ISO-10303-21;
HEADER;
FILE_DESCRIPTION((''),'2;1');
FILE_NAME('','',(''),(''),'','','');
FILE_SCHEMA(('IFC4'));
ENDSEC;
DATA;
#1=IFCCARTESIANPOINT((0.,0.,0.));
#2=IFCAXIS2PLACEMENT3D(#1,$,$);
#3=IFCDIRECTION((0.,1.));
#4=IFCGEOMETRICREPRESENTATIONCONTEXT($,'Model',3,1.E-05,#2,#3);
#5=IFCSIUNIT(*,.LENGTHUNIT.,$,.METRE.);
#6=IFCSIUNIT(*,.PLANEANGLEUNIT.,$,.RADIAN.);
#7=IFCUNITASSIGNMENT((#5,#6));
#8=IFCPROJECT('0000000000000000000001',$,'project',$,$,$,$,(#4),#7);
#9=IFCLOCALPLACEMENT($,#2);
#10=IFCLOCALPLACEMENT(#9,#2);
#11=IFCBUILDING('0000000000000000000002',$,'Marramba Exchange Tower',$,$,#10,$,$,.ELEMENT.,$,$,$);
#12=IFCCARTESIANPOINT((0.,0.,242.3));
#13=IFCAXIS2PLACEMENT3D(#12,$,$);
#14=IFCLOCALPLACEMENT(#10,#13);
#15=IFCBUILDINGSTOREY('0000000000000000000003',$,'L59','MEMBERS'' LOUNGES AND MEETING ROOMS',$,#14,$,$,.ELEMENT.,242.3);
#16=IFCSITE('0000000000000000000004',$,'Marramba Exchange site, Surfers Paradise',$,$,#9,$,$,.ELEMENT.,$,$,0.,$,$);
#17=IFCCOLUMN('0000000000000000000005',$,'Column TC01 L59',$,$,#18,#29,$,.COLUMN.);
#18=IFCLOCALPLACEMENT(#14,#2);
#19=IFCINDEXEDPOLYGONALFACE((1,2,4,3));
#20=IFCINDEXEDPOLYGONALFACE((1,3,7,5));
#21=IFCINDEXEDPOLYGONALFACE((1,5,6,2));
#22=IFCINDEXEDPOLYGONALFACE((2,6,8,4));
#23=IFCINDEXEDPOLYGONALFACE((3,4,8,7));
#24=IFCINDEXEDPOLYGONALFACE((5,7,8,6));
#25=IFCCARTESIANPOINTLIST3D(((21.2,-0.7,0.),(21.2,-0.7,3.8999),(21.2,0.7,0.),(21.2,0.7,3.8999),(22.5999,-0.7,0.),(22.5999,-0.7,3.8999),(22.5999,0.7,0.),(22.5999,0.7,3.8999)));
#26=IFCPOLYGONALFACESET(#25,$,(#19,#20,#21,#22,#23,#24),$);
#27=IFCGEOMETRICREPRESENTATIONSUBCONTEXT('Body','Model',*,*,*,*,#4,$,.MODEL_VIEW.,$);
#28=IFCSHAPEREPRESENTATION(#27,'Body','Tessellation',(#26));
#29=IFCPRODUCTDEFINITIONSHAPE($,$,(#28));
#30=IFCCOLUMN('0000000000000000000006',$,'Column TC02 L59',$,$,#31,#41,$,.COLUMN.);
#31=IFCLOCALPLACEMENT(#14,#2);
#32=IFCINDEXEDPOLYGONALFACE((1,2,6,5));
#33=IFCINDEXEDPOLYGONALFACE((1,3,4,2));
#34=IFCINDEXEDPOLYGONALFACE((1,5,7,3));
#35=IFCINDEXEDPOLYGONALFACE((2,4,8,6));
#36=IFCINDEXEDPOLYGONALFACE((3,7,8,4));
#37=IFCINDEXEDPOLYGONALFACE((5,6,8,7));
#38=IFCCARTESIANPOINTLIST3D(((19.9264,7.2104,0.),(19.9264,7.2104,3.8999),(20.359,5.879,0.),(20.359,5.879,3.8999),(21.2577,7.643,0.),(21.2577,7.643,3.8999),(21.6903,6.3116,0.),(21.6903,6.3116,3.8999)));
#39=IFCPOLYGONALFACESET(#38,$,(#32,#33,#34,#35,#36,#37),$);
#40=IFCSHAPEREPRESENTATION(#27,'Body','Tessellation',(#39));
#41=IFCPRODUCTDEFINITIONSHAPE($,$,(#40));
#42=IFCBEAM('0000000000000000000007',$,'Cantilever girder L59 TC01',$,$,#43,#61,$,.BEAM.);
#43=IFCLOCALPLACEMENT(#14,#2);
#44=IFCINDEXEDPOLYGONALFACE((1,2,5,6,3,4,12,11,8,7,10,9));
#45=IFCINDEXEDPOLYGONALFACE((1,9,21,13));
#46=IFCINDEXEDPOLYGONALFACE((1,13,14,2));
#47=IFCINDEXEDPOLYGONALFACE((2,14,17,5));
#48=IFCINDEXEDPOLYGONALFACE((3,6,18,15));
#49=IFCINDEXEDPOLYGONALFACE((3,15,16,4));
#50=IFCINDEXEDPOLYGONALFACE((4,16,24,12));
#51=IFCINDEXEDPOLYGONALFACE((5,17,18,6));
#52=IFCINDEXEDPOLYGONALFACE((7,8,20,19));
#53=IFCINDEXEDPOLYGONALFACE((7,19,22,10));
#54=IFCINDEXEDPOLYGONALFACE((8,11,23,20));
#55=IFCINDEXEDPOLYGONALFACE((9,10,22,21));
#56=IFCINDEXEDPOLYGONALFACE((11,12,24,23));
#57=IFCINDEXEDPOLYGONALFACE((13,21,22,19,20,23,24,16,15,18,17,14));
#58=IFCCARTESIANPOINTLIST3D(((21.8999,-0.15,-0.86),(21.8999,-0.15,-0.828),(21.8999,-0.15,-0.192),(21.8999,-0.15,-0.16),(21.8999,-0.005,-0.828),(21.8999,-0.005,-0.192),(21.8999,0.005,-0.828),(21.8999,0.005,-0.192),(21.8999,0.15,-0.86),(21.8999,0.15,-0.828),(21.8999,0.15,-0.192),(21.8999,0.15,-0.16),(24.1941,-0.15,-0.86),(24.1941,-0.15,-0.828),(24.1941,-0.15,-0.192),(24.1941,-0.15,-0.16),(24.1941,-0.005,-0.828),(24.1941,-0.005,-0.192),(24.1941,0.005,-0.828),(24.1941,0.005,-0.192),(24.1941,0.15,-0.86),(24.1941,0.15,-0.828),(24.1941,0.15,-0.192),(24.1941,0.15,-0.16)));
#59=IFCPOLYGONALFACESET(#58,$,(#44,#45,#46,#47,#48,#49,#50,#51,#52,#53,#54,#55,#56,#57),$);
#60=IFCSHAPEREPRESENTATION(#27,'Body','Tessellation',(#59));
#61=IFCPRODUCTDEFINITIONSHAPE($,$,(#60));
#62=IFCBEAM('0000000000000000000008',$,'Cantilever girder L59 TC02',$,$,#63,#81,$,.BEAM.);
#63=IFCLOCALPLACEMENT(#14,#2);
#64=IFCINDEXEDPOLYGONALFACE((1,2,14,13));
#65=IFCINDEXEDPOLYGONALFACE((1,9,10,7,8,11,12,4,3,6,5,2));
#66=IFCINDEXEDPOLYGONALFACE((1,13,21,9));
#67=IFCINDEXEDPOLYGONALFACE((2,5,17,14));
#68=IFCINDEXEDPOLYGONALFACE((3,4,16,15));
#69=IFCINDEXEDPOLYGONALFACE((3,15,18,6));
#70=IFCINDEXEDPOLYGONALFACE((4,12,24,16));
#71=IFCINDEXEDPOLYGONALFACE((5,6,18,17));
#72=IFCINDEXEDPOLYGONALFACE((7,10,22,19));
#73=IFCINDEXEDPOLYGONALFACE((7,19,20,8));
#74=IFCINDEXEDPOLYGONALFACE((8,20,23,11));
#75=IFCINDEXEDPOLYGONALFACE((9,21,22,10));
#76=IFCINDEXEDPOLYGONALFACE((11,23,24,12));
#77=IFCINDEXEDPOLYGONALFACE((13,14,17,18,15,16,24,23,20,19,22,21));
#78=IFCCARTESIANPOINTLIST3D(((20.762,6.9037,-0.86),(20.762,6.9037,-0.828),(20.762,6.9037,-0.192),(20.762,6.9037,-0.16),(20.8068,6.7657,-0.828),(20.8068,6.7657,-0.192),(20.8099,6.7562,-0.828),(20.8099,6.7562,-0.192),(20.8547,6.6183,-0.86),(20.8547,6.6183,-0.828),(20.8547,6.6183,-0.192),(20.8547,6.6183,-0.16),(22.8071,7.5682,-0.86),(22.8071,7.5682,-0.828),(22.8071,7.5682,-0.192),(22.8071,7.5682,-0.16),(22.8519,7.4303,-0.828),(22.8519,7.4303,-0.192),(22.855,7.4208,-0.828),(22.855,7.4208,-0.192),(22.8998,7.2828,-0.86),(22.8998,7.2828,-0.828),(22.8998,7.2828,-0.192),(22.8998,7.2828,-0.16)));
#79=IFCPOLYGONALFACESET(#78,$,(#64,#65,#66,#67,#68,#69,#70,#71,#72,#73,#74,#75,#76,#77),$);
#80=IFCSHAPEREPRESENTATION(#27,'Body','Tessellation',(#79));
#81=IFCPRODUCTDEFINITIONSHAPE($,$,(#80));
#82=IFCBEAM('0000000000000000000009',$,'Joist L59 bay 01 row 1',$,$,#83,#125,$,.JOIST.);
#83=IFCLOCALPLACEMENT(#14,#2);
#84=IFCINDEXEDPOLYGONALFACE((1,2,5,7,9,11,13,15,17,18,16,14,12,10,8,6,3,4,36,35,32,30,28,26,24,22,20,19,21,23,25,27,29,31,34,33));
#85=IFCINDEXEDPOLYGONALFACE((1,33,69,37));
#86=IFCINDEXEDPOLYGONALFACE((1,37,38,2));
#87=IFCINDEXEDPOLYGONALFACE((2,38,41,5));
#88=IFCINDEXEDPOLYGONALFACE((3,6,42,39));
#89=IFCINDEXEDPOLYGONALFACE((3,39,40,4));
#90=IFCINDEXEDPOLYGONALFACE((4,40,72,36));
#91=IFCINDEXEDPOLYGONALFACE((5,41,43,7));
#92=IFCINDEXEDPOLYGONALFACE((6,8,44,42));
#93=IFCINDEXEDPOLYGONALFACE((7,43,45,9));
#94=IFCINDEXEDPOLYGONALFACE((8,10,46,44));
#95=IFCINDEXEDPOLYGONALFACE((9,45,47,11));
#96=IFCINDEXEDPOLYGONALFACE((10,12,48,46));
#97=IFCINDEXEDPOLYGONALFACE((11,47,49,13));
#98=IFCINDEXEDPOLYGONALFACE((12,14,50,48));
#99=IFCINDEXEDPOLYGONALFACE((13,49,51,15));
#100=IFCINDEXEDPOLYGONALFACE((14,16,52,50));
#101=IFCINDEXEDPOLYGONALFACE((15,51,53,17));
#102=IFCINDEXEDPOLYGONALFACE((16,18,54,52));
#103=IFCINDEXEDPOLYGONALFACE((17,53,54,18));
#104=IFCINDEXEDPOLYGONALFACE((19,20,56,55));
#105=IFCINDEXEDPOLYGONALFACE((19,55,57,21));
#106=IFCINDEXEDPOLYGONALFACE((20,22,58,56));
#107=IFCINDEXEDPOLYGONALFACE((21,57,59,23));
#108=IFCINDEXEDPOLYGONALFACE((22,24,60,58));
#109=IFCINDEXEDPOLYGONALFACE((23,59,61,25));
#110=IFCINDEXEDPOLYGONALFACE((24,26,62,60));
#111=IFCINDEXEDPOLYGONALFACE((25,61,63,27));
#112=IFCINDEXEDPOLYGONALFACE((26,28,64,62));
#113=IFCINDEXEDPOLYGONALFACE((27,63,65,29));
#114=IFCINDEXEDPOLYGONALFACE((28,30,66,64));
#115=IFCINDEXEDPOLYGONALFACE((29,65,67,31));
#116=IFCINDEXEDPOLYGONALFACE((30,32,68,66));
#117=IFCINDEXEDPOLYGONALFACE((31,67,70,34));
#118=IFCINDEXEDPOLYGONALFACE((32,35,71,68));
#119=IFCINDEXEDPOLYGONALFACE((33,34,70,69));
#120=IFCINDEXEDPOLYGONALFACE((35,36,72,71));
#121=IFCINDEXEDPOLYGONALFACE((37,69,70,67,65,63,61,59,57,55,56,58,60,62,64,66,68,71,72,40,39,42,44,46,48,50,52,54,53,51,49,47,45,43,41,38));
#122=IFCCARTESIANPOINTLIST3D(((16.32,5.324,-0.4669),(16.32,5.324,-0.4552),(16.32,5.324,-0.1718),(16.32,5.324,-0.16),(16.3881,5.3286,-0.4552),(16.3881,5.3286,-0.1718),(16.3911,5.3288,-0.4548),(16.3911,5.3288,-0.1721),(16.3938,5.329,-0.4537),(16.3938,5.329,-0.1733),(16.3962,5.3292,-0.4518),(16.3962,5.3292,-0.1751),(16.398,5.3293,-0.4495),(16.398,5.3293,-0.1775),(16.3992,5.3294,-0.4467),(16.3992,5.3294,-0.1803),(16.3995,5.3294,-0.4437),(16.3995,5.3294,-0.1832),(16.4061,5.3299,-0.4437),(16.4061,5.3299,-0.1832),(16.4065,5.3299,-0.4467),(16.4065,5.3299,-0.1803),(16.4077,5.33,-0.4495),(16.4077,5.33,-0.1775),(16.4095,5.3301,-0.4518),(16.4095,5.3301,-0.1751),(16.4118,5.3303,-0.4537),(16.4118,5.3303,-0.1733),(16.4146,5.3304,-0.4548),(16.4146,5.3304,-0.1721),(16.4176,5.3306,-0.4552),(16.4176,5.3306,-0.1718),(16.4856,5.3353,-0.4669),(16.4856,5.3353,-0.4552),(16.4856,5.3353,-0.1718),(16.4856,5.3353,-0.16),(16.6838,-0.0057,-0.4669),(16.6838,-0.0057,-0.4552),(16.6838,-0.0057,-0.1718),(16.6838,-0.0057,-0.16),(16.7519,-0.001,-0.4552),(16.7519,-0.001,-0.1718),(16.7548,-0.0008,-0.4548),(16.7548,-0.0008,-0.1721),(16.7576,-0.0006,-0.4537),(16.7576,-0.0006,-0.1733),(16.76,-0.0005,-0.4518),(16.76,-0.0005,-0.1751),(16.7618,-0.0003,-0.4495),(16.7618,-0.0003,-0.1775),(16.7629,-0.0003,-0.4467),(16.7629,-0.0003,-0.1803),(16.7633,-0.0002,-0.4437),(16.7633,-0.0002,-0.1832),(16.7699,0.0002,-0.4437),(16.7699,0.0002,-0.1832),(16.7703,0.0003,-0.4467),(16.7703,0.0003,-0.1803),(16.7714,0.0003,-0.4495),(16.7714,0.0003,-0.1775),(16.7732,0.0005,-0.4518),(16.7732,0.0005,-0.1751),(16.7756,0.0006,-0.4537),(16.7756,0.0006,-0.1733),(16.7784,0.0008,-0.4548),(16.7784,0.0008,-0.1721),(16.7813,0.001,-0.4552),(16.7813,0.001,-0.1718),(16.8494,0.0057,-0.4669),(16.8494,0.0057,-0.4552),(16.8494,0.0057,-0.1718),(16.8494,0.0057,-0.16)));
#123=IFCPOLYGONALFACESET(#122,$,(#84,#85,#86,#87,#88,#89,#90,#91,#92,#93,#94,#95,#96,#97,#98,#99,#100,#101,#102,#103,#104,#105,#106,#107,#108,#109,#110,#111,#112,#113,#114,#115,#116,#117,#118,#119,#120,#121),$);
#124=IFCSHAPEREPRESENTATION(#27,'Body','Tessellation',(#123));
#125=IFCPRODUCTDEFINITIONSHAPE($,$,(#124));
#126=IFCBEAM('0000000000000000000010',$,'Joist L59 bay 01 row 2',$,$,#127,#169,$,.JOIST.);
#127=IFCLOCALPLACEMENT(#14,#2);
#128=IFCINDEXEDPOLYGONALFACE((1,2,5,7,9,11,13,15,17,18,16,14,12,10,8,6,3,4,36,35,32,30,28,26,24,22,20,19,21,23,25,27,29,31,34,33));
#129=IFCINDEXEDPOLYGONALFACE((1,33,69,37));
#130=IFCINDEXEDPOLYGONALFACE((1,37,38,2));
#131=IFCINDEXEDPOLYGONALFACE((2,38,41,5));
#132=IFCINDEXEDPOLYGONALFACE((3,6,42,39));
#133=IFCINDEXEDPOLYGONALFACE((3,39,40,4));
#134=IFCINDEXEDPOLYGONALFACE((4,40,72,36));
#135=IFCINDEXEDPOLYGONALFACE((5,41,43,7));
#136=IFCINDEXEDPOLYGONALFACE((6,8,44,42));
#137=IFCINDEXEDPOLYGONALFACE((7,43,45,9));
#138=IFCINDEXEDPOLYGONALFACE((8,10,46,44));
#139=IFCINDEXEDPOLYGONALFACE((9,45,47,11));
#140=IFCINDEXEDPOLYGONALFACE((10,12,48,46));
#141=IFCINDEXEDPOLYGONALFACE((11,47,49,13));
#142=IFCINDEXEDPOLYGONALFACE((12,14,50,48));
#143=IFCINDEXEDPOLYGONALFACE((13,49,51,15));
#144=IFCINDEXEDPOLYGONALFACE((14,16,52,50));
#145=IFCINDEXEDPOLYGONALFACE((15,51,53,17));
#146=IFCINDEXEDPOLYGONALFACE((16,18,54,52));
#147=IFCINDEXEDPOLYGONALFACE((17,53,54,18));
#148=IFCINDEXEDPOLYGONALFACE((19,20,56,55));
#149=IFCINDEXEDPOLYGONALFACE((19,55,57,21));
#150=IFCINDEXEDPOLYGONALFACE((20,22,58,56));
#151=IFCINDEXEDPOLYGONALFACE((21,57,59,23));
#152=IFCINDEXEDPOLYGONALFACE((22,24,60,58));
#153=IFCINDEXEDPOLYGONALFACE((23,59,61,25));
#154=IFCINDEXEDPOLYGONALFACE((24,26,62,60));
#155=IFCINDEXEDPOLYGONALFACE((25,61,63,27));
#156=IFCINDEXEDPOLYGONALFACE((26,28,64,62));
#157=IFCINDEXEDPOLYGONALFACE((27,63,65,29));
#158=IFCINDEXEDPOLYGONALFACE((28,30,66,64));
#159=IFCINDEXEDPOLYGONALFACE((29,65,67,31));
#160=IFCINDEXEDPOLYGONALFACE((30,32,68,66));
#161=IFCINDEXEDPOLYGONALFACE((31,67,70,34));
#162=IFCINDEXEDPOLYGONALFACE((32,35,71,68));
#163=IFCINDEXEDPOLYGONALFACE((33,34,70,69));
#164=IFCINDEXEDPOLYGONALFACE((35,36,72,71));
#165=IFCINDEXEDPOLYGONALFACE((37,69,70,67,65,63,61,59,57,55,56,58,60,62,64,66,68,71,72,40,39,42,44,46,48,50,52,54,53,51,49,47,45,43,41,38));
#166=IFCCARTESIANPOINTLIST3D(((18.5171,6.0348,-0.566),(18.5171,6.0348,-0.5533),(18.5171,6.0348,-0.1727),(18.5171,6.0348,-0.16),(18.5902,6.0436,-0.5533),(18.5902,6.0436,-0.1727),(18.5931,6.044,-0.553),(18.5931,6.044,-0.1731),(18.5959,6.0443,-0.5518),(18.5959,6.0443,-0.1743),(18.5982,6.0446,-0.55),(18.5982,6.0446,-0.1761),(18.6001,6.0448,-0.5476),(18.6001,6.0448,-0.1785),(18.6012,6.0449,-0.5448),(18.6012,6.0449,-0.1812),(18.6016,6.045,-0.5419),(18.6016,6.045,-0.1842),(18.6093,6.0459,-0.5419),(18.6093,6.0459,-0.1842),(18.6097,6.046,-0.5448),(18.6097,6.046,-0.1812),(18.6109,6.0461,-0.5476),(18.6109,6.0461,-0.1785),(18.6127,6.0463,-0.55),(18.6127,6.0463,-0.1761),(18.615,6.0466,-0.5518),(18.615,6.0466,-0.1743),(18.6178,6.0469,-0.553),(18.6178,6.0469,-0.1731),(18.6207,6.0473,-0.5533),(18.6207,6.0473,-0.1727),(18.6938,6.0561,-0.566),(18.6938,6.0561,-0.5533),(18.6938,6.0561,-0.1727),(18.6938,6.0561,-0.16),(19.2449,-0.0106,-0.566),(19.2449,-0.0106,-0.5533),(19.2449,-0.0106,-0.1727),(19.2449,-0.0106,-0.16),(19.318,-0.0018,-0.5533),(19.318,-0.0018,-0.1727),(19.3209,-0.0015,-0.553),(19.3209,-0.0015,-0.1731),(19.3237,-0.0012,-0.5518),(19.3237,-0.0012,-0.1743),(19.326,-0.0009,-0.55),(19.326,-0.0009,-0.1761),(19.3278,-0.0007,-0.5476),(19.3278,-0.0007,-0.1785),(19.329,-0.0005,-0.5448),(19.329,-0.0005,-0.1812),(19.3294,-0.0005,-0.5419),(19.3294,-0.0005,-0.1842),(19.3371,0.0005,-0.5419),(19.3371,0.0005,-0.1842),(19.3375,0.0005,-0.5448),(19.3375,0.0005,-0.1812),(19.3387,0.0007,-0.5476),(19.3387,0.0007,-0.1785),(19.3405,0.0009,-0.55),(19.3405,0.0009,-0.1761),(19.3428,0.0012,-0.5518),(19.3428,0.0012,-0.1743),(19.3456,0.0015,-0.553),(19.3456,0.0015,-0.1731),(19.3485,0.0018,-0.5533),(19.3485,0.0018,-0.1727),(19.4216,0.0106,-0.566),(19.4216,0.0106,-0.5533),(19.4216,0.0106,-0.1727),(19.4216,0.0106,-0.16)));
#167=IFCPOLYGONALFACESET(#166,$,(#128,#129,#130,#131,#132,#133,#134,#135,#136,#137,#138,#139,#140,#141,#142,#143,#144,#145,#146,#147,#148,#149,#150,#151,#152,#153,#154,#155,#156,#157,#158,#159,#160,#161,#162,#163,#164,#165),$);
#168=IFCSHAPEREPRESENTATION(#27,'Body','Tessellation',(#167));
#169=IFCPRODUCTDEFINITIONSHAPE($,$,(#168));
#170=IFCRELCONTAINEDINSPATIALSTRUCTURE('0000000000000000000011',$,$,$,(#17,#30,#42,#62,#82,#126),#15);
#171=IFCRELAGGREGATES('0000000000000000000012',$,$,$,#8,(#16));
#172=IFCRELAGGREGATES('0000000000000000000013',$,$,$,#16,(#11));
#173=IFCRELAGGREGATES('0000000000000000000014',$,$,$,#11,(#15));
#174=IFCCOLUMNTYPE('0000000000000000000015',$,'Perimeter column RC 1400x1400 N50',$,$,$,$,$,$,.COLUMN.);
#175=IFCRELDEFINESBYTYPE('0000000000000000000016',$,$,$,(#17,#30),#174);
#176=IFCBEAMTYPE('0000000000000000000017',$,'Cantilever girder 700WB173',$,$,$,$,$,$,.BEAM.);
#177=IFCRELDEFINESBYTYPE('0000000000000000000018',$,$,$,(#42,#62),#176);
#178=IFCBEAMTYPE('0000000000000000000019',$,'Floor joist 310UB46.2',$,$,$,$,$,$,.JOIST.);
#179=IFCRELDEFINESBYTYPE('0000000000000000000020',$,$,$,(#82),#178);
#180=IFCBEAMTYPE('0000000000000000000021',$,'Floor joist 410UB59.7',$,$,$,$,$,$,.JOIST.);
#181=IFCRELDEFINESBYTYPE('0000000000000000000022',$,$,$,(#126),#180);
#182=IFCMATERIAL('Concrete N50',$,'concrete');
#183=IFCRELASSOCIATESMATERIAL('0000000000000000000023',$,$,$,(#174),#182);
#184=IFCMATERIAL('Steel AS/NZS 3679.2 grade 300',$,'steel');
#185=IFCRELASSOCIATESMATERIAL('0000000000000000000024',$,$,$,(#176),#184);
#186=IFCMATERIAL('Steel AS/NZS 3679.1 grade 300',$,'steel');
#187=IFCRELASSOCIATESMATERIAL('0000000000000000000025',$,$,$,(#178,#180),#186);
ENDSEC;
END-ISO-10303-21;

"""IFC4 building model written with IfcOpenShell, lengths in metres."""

from ifc_helpers import new_model, si_unit, direction, frame, origin, origin_2d, place, context, subcontext, project, spatial, rectangle, i_section, extrude, material, material_profile, profile_set, type_object, element, save


model = new_model("IFC4")

# Units and contexts
model_context = context("Model", 3, precision=1e-05, world=origin(), true_north=direction((0.0, 1.0)))
body_context = subcontext(model_context, "Body", "Model", "MODEL_VIEW")
ifc_project = project(units=[si_unit("LENGTHUNIT", "METRE"), si_unit("PLANEANGLEUNIT", "RADIAN")], contexts=[model_context])

# Site, building, storey
site_placement = place(None, origin())
site = spatial("IfcSite", under=ifc_project, at=site_placement, Name="Marramba Exchange site, Surfers Paradise", CompositionType="ELEMENT", RefElevation=0.0)
building_placement = place(site_placement, origin())
building = spatial("IfcBuilding", under=site, at=building_placement, Name="Marramba Exchange Tower", CompositionType="ELEMENT")
storey_placement = place(building_placement, frame((0.0, 0.0, 242.3)))
storey = spatial("IfcBuildingStorey", under=building, at=storey_placement, Name="L59", Description="MEMBERS' LOUNGES AND MEETING ROOMS", CompositionType="ELEMENT", Elevation=242.3)

# Columns
ifc_material_1 = material(Name="Concrete N50", Category="concrete")
ifc_material_profile_1 = material_profile(ifc_material_1, rectangle(XDim=1.3999, YDim=1.3999, at=origin_2d()), Name="RC 1400x1400")
ifc_profile_set_1 = profile_set([ifc_material_profile_1], Name="Concrete N50")
column_type = type_object("IfcColumnType", Name="Perimeter column RC 1400x1400 N50", PredefinedType="COLUMN", material=ifc_profile_set_1)
for number, where, z_axis, x_axis, name in (
    (1, (21.8999, 0.0, 0.0), (0.0, 0.0, 1.0), (1.0, 0.0, 0.0), "Column TC01 L59"),
    (2, (20.8083, 6.761, 0.0), (0.0, 0.0, 1.0), (0.951057, 0.309017, 0.0), "Column TC02 L59"),
):
    element("IfcColumn", number, at=place(storey_placement, frame(where, z_axis=z_axis, x_axis=x_axis)), inside=storey, type_object=column_type, Name=name, PredefinedType="COLUMN", context=body_context, shape_type="SweptSolid", body=[
        extrude(rectangle(XDim=1.3999, YDim=1.3999, at=origin_2d()), origin(), (0.0, 0.0, 1.0), 3.8999),
    ])

# Beams
ifc_material_2 = material(Name="Steel AS/NZS 3679.2 grade 300", Category="steel")
ifc_material_profile_2 = material_profile(ifc_material_2, i_section(OverallWidth=0.3, OverallDepth=0.7, WebThickness=0.01, FlangeThickness=0.032, at=origin_2d()), Name="700WB173")
ifc_profile_set_2 = profile_set([ifc_material_profile_2], Name="Steel AS/NZS 3679.2 grade 300")
beam_type_1 = type_object("IfcBeamType", Name="Cantilever girder 700WB173", PredefinedType="BEAM", material=ifc_profile_set_2)
beam_1_placement = place(storey_placement, frame((21.8999, 0.0, -0.51), z_axis=(1.0, 0.0, 0.0), x_axis=(0.0, 1.0, 0.0)))
element("IfcBeam", 3, at=beam_1_placement, inside=storey, type_object=beam_type_1, Name="Cantilever girder L59 TC01", PredefinedType="BEAM", context=body_context, shape_type="SweptSolid", body=[
    extrude(i_section(OverallWidth=0.3, OverallDepth=0.7, WebThickness=0.01, FlangeThickness=0.032, at=origin_2d()), origin(), (0.0, 0.0, 1.0), 2.2942),
])
beam_2_placement = place(storey_placement, frame((20.8083, 6.761, -0.51), z_axis=(0.951052, 0.309032, 0.0), x_axis=(-0.309032, 0.951052, 0.0)))
element("IfcBeam", 4, at=beam_2_placement, inside=storey, type_object=beam_type_1, Name="Cantilever girder L59 TC02", PredefinedType="BEAM", context=body_context, shape_type="SweptSolid", body=[
    extrude(i_section(OverallWidth=0.3, OverallDepth=0.7, WebThickness=0.01, FlangeThickness=0.032, at=origin_2d()), origin(), (0.0, 0.0, 1.0), 2.1504),
])
ifc_material_3 = material(Name="Steel AS/NZS 3679.1 grade 300", Category="steel")
ifc_material_profile_3 = material_profile(ifc_material_3, i_section(OverallWidth=0.166, OverallDepth=0.3069, WebThickness=0.0066, FlangeThickness=0.0117, FilletRadius=0.0115, at=origin_2d()), Name="310UB46.2")
ifc_profile_set_3 = profile_set([ifc_material_profile_3], Name="Steel AS/NZS 3679.1 grade 300")
beam_type_2 = type_object("IfcBeamType", Name="Floor joist 310UB46.2", PredefinedType="JOIST", material=ifc_profile_set_3)
beam_3_placement = place(storey_placement, frame((16.7666, 0.0, -0.3135), z_axis=(-0.068096, 0.997679, 0.0), x_axis=(-0.997679, -0.068096, 0.0)))
element("IfcBeam", 5, at=beam_3_placement, inside=storey, type_object=beam_type_2, Name="Joist L59 bay 01 row 1", PredefinedType="JOIST", context=body_context, shape_type="SweptSolid", body=[
    extrude(i_section(OverallWidth=0.166, OverallDepth=0.3069, WebThickness=0.0066, FlangeThickness=0.0117, FilletRadius=0.0115, at=origin_2d()), origin(), (0.0, 0.0, 1.0), 5.342),
])
ifc_material_profile_4 = material_profile(ifc_material_3, i_section(OverallWidth=0.178, OverallDepth=0.406, WebThickness=0.0078, FlangeThickness=0.0127, FilletRadius=0.0115, at=origin_2d()), Name="410UB59.7")
ifc_profile_set_4 = profile_set([ifc_material_profile_4], Name="Steel AS/NZS 3679.1 grade 300")
beam_type_3 = type_object("IfcBeamType", Name="Floor joist 410UB59.7", PredefinedType="JOIST", material=ifc_profile_set_4)
beam_4_placement = place(storey_placement, frame((19.3333, 0.0, -0.363), z_axis=(-0.119523, 0.992831, 0.0), x_axis=(-0.992831, -0.119523, 0.0)))
element("IfcBeam", 6, at=beam_4_placement, inside=storey, type_object=beam_type_3, Name="Joist L59 bay 01 row 2", PredefinedType="JOIST", context=body_context, shape_type="SweptSolid", body=[
    extrude(i_section(OverallWidth=0.178, OverallDepth=0.406, WebThickness=0.0078, FlangeThickness=0.0127, FilletRadius=0.0115, at=origin_2d()), origin(), (0.0, 0.0, 1.0), 6.0891),
])

save(model, "model.ifc")
